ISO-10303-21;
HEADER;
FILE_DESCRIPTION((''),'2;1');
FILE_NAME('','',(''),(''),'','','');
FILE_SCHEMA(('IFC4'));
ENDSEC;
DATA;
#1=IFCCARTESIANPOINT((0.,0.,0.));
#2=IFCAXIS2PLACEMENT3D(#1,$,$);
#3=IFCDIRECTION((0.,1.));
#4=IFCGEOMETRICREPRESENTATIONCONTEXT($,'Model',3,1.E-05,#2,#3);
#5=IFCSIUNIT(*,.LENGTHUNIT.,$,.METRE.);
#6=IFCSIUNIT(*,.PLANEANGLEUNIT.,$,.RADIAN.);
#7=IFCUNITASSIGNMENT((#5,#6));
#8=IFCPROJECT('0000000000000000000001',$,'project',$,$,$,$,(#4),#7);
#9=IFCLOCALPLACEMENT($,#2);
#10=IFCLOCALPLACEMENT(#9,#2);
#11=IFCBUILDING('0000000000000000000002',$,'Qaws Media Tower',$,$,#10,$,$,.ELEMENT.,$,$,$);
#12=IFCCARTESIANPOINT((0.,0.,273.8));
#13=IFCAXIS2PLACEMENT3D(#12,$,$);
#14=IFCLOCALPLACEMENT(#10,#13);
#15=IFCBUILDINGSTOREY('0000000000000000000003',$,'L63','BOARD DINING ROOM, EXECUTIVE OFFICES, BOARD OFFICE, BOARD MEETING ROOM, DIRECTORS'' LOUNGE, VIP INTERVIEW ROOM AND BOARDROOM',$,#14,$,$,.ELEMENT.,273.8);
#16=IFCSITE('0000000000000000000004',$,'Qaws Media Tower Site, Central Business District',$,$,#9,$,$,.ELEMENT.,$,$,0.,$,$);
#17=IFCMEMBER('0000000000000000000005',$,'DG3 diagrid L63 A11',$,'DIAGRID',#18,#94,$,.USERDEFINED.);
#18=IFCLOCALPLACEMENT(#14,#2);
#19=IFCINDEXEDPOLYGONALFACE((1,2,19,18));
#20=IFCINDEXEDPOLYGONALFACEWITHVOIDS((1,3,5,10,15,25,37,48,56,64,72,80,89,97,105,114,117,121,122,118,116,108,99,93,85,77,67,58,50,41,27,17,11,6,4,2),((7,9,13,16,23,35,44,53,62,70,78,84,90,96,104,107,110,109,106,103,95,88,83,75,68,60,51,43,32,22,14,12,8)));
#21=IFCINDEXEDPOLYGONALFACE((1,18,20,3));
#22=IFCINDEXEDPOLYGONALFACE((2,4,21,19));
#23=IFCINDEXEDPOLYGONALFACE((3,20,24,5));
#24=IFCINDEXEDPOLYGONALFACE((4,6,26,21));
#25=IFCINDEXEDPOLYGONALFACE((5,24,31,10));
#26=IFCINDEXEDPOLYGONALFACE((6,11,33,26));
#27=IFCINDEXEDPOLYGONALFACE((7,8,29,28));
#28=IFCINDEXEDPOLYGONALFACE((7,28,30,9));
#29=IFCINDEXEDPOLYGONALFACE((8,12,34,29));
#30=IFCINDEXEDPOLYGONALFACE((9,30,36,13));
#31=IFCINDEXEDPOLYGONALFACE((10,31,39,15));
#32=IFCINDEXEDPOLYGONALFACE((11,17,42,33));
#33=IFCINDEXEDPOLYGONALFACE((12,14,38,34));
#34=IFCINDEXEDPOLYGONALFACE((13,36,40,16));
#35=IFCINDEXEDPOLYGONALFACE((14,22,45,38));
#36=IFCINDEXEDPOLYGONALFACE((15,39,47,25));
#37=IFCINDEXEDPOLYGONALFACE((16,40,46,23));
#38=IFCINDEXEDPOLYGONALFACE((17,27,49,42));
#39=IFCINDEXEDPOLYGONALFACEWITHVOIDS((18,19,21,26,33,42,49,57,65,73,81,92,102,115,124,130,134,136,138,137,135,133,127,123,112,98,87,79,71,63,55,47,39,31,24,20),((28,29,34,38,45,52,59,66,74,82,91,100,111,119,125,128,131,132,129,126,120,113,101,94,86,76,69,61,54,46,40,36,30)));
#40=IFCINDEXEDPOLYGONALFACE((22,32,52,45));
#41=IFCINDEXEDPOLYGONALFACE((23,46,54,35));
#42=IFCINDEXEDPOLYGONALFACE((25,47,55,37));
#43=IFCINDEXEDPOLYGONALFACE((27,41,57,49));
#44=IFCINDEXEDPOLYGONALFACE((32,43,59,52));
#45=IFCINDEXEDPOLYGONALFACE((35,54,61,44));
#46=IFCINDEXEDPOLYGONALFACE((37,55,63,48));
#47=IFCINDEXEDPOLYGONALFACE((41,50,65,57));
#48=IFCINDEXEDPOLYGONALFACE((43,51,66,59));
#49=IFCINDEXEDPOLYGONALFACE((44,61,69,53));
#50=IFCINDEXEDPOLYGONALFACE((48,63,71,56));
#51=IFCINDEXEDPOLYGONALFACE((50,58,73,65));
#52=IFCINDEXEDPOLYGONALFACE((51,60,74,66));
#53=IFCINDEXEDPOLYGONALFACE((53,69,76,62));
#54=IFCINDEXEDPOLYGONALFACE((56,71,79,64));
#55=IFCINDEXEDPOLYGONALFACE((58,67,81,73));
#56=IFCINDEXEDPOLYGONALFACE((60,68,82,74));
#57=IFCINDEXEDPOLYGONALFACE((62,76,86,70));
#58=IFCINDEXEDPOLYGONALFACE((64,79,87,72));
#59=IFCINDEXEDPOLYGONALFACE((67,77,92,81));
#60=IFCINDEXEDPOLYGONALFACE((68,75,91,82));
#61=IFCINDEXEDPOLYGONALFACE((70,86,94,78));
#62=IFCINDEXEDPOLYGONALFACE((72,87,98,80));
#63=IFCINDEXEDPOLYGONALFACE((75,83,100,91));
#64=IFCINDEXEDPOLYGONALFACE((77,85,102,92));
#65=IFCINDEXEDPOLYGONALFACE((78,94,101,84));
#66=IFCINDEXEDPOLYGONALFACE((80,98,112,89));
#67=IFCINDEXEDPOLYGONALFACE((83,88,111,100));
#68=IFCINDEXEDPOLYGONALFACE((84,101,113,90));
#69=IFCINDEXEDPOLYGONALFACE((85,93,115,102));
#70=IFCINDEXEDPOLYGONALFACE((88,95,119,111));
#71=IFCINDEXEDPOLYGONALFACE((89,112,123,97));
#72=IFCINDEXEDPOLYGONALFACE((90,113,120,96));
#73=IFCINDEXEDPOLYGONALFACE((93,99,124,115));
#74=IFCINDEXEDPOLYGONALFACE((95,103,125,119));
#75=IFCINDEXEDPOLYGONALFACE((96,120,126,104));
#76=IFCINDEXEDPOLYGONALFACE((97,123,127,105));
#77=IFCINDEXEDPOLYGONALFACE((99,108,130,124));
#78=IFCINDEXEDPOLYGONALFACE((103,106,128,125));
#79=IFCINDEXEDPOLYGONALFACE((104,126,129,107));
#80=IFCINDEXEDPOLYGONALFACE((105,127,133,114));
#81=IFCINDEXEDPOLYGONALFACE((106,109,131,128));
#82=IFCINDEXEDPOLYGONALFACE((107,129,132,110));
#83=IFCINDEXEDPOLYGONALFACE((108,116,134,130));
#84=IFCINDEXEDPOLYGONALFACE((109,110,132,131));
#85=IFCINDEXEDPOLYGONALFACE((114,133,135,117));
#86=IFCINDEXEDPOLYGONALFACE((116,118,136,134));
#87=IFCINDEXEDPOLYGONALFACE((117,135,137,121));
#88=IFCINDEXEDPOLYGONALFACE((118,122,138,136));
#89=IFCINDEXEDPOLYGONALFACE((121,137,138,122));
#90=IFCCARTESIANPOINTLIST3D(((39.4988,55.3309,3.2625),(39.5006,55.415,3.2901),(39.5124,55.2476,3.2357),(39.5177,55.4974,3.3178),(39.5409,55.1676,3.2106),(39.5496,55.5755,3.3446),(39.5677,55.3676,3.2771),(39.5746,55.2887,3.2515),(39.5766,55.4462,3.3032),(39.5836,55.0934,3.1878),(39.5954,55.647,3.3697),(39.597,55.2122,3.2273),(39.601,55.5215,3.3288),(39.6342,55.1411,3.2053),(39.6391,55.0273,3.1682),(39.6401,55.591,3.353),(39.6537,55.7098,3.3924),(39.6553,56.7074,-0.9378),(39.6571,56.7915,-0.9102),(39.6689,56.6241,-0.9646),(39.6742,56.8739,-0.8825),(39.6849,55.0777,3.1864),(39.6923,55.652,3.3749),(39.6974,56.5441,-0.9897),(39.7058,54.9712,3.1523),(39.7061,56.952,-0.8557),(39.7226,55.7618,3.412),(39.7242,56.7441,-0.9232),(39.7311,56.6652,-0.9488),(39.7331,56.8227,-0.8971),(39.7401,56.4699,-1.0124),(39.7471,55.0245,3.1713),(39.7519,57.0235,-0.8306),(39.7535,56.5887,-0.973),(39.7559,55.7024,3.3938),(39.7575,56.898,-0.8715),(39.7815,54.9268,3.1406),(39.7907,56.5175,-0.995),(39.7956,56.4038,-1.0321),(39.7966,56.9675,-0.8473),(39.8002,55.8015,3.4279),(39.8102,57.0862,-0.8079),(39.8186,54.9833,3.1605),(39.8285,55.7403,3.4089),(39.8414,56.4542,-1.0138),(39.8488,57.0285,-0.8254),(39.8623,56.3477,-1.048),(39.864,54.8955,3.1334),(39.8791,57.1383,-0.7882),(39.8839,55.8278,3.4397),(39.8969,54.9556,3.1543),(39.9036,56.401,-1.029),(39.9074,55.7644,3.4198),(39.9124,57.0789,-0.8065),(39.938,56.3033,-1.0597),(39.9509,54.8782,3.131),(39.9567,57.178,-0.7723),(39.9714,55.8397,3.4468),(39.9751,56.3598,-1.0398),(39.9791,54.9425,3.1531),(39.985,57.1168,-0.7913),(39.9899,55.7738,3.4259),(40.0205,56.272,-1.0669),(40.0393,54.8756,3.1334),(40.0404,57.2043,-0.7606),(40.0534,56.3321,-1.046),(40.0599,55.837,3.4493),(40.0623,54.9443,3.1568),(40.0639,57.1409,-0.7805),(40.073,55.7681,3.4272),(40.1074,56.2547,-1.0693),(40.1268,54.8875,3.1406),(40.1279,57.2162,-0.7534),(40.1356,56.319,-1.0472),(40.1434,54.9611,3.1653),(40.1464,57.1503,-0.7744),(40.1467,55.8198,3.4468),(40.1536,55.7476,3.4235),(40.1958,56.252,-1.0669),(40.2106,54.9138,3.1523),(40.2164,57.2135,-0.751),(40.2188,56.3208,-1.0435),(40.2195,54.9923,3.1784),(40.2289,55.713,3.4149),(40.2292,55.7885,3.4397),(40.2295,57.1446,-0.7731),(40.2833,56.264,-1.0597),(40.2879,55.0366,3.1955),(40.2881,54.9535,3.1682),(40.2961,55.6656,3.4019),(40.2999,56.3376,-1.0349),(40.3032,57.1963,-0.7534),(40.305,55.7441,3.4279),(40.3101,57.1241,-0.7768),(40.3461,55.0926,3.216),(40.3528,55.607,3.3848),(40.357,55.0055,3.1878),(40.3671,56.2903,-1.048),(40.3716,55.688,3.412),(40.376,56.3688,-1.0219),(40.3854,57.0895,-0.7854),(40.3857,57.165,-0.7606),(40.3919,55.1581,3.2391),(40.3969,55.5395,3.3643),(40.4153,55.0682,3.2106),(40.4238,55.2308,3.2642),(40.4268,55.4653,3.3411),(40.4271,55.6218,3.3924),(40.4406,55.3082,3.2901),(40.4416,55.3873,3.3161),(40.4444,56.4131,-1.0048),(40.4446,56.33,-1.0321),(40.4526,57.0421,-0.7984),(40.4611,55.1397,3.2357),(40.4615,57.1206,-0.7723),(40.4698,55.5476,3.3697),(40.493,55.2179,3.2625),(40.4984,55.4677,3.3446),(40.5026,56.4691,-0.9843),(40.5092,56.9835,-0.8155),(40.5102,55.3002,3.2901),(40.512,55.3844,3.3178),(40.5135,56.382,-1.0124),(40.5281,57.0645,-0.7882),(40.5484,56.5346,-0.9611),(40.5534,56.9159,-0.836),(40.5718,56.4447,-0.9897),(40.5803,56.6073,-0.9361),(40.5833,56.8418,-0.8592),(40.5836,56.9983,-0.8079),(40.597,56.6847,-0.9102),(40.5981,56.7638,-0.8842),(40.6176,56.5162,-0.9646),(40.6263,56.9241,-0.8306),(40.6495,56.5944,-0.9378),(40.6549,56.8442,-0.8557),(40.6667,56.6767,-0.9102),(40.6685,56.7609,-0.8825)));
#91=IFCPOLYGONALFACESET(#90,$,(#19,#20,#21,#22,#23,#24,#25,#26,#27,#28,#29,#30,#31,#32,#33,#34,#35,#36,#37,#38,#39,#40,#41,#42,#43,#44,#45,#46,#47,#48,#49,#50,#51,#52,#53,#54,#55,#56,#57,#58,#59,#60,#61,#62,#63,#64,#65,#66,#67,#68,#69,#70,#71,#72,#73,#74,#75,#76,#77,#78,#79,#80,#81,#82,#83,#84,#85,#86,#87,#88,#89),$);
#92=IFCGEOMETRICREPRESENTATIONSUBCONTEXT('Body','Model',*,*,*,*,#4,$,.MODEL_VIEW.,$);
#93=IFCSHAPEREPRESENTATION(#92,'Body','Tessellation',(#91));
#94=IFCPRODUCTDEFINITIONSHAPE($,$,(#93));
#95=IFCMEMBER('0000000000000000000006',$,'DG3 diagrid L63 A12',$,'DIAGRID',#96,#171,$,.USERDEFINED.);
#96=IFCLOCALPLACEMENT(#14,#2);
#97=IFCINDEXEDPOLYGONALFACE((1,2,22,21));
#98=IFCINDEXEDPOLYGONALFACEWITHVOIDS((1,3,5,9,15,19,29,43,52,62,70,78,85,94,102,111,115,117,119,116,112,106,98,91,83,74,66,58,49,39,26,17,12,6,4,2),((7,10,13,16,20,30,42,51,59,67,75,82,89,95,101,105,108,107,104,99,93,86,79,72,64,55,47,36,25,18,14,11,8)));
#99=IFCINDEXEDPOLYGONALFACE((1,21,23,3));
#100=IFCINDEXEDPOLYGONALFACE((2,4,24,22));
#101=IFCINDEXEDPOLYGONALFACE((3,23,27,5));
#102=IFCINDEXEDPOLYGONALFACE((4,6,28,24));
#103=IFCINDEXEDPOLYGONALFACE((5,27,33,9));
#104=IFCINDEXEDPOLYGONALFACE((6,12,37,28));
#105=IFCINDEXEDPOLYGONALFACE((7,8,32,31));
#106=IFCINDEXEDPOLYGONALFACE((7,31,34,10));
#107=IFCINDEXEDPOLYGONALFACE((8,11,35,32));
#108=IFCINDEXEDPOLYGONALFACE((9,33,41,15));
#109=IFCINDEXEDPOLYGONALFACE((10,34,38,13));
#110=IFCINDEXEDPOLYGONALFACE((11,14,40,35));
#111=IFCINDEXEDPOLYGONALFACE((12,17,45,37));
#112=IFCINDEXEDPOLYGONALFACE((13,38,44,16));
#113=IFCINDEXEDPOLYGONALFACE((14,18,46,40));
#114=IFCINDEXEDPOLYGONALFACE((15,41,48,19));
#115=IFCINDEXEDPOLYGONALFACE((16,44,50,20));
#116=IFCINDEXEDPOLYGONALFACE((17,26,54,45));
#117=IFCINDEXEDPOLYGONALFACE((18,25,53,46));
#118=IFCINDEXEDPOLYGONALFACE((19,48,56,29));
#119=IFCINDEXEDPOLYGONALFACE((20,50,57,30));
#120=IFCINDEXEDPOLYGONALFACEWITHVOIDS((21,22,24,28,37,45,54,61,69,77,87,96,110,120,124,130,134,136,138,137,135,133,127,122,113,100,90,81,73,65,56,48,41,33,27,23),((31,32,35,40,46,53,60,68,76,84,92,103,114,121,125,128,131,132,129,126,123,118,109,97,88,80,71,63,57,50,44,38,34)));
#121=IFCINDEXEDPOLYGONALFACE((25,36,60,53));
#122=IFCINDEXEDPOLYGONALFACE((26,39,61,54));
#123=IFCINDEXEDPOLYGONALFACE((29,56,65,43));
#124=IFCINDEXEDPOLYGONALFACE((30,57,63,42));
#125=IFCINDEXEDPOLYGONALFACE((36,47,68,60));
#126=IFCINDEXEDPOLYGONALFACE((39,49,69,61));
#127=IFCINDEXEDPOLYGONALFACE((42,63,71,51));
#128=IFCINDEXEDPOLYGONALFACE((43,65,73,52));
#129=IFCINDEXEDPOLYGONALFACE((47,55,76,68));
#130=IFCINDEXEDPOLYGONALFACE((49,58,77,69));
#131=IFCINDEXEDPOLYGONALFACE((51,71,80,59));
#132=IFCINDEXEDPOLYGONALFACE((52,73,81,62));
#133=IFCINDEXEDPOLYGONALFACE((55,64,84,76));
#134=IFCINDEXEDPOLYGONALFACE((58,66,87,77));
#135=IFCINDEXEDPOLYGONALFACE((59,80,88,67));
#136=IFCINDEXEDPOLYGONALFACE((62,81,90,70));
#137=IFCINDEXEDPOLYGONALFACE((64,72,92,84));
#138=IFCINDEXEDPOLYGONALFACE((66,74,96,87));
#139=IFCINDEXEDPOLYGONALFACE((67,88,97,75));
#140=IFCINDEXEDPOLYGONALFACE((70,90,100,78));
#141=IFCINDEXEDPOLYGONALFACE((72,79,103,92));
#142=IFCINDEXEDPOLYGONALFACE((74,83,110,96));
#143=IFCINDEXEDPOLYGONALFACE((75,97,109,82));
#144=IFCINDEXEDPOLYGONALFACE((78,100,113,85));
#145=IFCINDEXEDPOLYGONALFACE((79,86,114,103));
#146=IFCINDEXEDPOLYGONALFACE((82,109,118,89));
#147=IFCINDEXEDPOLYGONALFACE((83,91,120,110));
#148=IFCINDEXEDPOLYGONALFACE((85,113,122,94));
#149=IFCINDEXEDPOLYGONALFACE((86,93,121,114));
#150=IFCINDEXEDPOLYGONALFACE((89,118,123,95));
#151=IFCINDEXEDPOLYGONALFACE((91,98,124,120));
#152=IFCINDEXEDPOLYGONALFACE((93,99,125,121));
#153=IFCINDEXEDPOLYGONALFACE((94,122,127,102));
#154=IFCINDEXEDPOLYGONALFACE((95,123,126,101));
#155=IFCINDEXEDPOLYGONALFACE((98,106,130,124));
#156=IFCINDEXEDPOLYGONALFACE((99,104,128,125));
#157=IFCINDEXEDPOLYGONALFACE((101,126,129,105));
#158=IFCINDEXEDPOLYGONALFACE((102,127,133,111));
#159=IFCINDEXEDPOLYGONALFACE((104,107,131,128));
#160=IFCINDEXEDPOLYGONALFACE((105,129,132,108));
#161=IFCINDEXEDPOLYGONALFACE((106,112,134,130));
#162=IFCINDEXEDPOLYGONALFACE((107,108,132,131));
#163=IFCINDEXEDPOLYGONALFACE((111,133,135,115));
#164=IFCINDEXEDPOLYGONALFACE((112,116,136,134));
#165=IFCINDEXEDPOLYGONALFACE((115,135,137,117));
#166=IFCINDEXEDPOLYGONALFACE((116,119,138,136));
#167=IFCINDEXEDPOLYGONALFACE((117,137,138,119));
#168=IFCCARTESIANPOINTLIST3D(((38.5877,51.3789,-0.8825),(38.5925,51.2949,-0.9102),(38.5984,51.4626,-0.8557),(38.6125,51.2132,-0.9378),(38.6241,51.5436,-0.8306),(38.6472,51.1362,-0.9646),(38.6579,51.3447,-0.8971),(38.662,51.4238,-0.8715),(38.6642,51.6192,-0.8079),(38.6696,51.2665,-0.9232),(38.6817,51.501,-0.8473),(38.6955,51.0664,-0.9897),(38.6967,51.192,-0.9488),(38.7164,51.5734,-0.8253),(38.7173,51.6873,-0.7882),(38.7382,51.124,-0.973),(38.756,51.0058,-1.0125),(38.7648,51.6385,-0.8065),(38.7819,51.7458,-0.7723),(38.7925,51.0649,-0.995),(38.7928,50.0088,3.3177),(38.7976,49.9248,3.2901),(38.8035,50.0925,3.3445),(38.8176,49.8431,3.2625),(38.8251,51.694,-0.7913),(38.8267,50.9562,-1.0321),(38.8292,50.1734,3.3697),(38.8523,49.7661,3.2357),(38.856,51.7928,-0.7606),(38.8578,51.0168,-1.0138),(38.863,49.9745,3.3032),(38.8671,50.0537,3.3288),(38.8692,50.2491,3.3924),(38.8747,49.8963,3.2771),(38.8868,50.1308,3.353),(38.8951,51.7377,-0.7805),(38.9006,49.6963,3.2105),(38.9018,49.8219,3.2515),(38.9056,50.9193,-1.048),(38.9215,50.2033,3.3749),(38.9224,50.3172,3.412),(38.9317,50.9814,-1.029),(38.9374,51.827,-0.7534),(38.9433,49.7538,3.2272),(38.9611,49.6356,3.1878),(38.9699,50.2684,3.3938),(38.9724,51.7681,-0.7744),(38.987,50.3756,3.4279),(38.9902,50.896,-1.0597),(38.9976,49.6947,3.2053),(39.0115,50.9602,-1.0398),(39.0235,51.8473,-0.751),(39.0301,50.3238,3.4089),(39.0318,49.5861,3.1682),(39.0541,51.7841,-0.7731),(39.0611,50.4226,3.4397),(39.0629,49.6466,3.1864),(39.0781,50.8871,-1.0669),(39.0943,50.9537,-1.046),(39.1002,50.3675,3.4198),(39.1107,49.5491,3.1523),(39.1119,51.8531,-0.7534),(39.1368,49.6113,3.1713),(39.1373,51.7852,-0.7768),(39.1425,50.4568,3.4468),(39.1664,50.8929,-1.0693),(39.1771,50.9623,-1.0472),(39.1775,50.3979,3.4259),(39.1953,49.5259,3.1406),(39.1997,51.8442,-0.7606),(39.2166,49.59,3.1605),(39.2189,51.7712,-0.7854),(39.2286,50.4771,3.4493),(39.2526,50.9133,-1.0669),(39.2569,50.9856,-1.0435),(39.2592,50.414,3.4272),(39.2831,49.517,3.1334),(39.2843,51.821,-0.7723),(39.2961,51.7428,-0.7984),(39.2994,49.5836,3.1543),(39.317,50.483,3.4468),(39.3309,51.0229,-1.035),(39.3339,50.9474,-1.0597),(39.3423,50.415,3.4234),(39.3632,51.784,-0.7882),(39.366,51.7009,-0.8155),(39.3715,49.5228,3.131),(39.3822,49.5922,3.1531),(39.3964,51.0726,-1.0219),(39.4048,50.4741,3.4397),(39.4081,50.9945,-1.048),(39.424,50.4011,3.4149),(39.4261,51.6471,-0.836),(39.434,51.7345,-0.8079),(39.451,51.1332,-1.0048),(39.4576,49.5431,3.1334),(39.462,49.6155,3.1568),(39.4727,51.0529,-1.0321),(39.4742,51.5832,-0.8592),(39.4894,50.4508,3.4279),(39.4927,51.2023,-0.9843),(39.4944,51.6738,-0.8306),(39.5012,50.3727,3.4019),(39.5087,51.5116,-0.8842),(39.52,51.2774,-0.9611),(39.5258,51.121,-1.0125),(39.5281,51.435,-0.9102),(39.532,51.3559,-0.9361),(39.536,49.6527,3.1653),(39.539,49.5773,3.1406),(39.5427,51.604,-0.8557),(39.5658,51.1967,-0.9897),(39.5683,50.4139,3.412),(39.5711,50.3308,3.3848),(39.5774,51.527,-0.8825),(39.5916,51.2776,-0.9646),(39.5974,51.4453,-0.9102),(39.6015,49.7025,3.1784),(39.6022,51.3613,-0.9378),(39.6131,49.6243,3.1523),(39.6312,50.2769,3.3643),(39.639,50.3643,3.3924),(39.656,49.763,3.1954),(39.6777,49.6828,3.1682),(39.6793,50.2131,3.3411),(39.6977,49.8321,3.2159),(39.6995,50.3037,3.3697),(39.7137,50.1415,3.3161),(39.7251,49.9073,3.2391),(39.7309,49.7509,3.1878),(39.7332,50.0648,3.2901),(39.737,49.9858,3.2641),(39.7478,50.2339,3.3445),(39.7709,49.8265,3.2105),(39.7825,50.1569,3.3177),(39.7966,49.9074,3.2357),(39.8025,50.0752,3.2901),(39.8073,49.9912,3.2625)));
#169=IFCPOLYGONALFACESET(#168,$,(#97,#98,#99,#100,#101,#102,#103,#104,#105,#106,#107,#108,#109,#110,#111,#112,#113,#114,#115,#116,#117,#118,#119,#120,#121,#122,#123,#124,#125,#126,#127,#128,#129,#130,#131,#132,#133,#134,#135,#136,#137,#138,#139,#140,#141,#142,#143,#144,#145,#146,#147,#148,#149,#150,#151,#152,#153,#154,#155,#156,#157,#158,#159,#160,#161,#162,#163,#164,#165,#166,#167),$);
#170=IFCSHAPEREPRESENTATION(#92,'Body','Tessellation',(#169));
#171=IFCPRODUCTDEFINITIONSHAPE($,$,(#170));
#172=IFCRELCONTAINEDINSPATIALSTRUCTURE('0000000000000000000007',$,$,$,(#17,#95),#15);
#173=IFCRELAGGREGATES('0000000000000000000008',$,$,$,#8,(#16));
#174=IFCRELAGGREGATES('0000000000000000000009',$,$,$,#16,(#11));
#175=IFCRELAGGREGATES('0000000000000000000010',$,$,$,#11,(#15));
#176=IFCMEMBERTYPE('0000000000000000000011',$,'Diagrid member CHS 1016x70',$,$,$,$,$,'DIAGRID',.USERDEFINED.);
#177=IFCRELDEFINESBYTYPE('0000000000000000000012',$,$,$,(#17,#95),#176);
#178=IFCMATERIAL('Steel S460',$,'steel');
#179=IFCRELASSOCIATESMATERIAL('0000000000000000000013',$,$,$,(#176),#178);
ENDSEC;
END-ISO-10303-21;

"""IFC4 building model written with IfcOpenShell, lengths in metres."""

from ifc_helpers import new_model, si_unit, direction, frame, origin, origin_2d, place, context, subcontext, project, spatial, hollow_circle, extrude, material, material_profile, profile_set, type_object, element, save


model = new_model("IFC4")

# Units and contexts
model_context = context("Model", 3, precision=1e-05, world=origin(), true_north=direction((0.0, 1.0)))
body_context = subcontext(model_context, "Body", "Model", "MODEL_VIEW")
ifc_project = project(units=[si_unit("LENGTHUNIT", "METRE"), si_unit("PLANEANGLEUNIT", "RADIAN")], contexts=[model_context])

# Site, building, storey
site_placement = place(None, origin())
site = spatial("IfcSite", under=ifc_project, at=site_placement, Name="Qaws Media Tower Site, Central Business District", CompositionType="ELEMENT", RefElevation=0.0)
building_placement = place(site_placement, origin())
building = spatial("IfcBuilding", under=site, at=building_placement, Name="Qaws Media Tower", CompositionType="ELEMENT")
storey_placement = place(building_placement, frame((0.0, 0.0, 273.8)))
storey = spatial("IfcBuildingStorey", under=building, at=storey_placement, Name="L63", Description="BOARD DINING ROOM, EXECUTIVE OFFICES, BOARD OFFICE, BOARD MEETING ROOM, DIRECTORS' LOUNGE, VIP INTERVIEW ROOM AND BOARDROOM", CompositionType="ELEMENT", Elevation=273.8)

# Members
ifc_material_1 = material(Name="Steel S460", Category="steel")
ifc_material_profile_1 = material_profile(ifc_material_1, hollow_circle(Radius=0.5081, WallThickness=0.0701, at=origin_2d()), Name="CHS 1016x70")
ifc_profile_set_1 = profile_set([ifc_material_profile_1], Name="Steel S460")
member_type_1 = type_object("IfcMemberType", Name="Diagrid member CHS 1016x70", ElementType="DIAGRID", PredefinedType="USERDEFINED", material=ifc_profile_set_1)
for number, where, z_axis, x_axis, name in (
    (1, (40.1619, 56.7341, -0.9102), (-0.035384, -0.311223, 0.949678), (0.993599, -0.112965, 0.0), "DG3 diagrid L63 A11"),
    (2, (39.095, 51.3701, -0.9102), (0.046369, -0.309787, 0.949675), (0.988983, 0.14803, 0.0), "DG3 diagrid L63 A12"),
):
    element("IfcMember", number, at=place(storey_placement, frame(where, z_axis=z_axis, x_axis=x_axis)), inside=storey, type_object=member_type_1, Name=name, ObjectType="DIAGRID", PredefinedType="USERDEFINED", context=body_context, shape_type="SweptSolid", body=[
        extrude(hollow_circle(Radius=0.5081, WallThickness=0.0701, at=origin_2d()), origin(), (0.0, 0.0, 1.0), 4.4229),
    ])

save(model, "model.ifc")
